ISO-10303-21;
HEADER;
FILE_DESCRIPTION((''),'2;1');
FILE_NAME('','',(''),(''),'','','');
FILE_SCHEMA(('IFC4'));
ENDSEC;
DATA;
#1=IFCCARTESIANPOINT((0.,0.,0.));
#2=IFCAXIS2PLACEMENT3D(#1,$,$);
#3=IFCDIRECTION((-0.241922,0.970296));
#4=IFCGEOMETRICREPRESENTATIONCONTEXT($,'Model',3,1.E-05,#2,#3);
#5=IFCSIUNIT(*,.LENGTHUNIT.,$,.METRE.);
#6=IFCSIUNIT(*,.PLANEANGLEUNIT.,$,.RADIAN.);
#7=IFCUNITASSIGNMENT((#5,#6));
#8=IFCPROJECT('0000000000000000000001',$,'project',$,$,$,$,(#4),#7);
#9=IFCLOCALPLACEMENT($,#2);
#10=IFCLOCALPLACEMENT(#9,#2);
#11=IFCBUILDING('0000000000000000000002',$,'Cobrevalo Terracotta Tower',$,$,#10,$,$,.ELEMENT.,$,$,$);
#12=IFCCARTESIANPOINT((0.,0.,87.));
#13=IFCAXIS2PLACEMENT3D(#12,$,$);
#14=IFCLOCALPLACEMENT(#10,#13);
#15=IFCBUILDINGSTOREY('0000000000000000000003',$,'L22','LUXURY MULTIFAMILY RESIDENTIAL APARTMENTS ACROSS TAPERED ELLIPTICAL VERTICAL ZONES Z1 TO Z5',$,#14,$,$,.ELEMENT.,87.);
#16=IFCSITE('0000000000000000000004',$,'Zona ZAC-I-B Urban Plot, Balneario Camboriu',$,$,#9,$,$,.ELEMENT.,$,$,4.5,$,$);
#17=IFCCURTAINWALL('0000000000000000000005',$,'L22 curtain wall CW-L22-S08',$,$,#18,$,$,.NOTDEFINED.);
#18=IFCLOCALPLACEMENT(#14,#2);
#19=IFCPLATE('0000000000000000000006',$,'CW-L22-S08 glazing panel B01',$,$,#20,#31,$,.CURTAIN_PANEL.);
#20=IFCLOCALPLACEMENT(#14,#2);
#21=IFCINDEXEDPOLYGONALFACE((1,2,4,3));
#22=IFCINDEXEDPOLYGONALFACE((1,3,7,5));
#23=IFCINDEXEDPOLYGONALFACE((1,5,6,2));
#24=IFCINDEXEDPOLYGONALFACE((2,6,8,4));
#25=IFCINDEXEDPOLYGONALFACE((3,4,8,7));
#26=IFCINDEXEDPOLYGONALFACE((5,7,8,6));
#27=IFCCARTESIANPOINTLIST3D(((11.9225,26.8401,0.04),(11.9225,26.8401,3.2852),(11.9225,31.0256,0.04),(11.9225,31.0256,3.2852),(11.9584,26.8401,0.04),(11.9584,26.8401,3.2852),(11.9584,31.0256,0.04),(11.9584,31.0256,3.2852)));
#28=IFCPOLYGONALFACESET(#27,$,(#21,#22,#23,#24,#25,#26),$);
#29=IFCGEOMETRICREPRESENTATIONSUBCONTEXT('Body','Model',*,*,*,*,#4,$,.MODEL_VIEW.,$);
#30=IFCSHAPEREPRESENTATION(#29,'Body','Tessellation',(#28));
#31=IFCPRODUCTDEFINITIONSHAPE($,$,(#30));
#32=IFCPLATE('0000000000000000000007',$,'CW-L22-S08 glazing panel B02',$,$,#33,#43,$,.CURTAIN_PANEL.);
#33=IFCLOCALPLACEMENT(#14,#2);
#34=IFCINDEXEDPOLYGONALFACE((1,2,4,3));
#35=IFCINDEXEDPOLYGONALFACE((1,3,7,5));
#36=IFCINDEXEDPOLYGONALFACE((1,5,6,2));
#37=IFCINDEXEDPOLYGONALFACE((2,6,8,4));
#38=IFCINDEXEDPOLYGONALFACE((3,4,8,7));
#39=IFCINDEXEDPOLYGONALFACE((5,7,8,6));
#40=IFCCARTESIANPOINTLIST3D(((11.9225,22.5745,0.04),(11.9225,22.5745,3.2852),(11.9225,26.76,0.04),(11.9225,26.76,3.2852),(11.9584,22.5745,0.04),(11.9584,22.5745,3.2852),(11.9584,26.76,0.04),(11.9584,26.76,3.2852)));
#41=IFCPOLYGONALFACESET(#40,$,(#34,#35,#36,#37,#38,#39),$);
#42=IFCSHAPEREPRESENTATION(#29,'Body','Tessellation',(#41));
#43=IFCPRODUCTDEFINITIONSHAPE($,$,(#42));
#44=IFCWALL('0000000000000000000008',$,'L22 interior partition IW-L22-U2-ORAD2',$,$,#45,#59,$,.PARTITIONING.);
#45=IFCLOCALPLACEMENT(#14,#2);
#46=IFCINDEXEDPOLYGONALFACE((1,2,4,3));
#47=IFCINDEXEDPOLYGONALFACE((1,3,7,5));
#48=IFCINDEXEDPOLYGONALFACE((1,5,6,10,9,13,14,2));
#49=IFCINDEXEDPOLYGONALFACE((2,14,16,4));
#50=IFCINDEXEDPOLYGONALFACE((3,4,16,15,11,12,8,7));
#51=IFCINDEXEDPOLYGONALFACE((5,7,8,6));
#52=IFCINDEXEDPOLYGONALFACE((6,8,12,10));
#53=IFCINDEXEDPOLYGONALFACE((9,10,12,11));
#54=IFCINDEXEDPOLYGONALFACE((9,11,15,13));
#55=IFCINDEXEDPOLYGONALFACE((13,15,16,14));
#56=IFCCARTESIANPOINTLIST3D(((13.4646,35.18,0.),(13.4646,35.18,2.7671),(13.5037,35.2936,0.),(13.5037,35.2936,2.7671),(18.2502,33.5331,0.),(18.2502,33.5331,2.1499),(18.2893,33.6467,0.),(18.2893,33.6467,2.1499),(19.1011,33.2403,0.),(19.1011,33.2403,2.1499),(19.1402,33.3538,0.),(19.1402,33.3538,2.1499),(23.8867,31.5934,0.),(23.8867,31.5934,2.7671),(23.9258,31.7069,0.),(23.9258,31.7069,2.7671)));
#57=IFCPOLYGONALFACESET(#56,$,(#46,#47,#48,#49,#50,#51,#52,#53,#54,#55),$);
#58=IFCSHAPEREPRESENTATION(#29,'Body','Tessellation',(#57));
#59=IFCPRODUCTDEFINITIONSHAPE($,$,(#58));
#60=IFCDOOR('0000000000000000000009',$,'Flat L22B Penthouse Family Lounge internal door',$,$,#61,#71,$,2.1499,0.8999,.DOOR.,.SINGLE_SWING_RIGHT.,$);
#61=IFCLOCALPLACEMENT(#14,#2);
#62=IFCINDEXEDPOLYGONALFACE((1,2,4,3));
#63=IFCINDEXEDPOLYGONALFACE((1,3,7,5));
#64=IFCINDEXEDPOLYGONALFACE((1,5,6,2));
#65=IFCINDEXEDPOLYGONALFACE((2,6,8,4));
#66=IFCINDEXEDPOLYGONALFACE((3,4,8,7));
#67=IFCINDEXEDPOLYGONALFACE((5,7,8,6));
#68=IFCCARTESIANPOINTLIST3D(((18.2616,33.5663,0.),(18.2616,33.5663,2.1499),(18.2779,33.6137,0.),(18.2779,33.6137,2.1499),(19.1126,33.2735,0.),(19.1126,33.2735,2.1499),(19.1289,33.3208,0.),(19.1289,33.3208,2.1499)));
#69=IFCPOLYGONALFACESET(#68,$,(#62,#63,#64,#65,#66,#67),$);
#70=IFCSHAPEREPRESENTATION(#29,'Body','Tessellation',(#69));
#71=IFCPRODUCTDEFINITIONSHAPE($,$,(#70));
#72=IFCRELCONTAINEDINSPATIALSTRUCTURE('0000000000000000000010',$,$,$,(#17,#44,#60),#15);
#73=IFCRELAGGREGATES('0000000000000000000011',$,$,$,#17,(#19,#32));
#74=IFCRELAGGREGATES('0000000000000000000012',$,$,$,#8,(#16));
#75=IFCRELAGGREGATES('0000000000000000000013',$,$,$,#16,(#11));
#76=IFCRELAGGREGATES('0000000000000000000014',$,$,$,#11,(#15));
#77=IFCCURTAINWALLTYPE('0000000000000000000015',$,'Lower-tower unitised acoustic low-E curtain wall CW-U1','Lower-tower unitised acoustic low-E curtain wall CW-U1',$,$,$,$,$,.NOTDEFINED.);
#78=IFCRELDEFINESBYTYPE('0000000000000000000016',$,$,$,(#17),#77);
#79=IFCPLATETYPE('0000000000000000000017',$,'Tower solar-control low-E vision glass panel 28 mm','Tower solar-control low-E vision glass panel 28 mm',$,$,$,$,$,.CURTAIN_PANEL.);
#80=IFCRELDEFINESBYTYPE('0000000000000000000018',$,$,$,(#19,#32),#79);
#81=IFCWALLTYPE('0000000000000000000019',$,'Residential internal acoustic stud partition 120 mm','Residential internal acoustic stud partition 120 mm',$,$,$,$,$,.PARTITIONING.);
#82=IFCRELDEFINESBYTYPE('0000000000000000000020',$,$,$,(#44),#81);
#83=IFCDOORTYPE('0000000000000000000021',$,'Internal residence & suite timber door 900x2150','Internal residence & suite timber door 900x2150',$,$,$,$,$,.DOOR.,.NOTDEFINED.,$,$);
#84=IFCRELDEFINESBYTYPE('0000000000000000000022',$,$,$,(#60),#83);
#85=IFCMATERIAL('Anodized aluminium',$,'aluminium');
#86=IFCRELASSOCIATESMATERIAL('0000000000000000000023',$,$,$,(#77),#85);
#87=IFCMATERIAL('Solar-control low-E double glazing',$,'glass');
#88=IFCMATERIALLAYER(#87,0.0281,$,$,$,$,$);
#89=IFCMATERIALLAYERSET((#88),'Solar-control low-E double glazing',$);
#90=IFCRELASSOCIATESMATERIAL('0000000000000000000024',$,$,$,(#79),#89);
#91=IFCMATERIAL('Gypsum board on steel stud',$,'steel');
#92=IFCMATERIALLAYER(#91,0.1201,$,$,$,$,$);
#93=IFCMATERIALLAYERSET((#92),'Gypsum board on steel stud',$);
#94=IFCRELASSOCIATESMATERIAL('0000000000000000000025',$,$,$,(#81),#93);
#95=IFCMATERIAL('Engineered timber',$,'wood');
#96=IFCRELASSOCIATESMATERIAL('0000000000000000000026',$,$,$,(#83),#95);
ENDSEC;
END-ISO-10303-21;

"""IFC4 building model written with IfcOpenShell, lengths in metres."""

from ifc_helpers import new_model, si_unit, direction, frame, frame_2d, origin, origin_2d, place, context, subcontext, project, spatial, rectangle, extrude, source, transform, mapped, material, layer, layer_set, type_object, element, fill, aggregate, save


model = new_model("IFC4")

# Units and contexts
model_context = context("Model", 3, precision=1e-05, world=origin(), true_north=direction((-0.241922, 0.970296)))
body_context = subcontext(model_context, "Body", "Model", "MODEL_VIEW")
ifc_project = project(units=[si_unit("LENGTHUNIT", "METRE"), si_unit("PLANEANGLEUNIT", "RADIAN")], contexts=[model_context])

# Site, building, storey
site_placement = place(None, origin())
site = spatial("IfcSite", under=ifc_project, at=site_placement, Name="Zona ZAC-I-B Urban Plot, Balneario Camboriu", CompositionType="ELEMENT", RefElevation=4.5)
building_placement = place(site_placement, origin())
building = spatial("IfcBuilding", under=site, at=building_placement, Name="Cobrevalo Terracotta Tower", CompositionType="ELEMENT")
storey_placement = place(building_placement, frame((0.0, 0.0, 87.0)))
storey = spatial("IfcBuildingStorey", under=building, at=storey_placement, Name="L22", Description="LUXURY MULTIFAMILY RESIDENTIAL APARTMENTS ACROSS TAPERED ELLIPTICAL VERTICAL ZONES Z1 TO Z5", CompositionType="ELEMENT", Elevation=87.0)

# Curtain wall
ifc_material_1 = material(Name="Anodized aluminium", Category="aluminium")
curtain_wall_type = type_object("IfcCurtainWallType", Name="Lower-tower unitised acoustic low-E curtain wall CW-U1", Description="Lower-tower unitised acoustic low-E curtain wall CW-U1", PredefinedType="NOTDEFINED", material=ifc_material_1)
curtain_wall_1_placement = place(storey_placement, origin())
curtain_wall_1 = element("IfcCurtainWall", 1, at=curtain_wall_1_placement, inside=storey, type_object=curtain_wall_type, Name="L22 curtain wall CW-L22-S08", PredefinedType="NOTDEFINED")

# Plates
ifc_material_2 = material(Name="Solar-control low-E double glazing", Category="glass")
ifc_layer_1 = layer(ifc_material_2, 0.0281)
ifc_layer_set_1 = layer_set([ifc_layer_1], Name="Solar-control low-E double glazing")
plate_type = type_object("IfcPlateType", Name="Tower solar-control low-E vision glass panel 28 mm", Description="Tower solar-control low-E vision glass panel 28 mm", PredefinedType="CURTAIN_PANEL", material=ifc_layer_set_1)
shared_shape_1 = source(origin(), body_context, "Body", "SweptSolid", [
    extrude(rectangle(XDim=4.1855, YDim=0.0359, at=origin_2d()), origin(), (0.0, 0.0, 1.0), 3.2451),
])
plate_1_placement = place(storey_placement, frame((11.9404, 28.9329, 0.04), z_axis=(0.0, 0.0, 1.0), x_axis=(0.0, -1.0, 0.0)))
plate_1 = element("IfcPlate", 2, at=plate_1_placement, type_object=plate_type, Name="CW-L22-S08 glazing panel B01", PredefinedType="CURTAIN_PANEL", context=body_context, shape_type="MappedRepresentation", body=[
    mapped(shared_shape_1, transform((0.0, 0.0, 0.0), scale=1.0)),
])
plate_2_placement = place(storey_placement, frame((11.9404, 24.6672, 0.04), z_axis=(0.0, 0.0, 1.0), x_axis=(0.0, -1.0, 0.0)))
plate_2 = element("IfcPlate", 3, at=plate_2_placement, type_object=plate_type, Name="CW-L22-S08 glazing panel B02", PredefinedType="CURTAIN_PANEL", context=body_context, shape_type="MappedRepresentation", body=[
    mapped(shared_shape_1, transform((0.0, 0.0, 0.0), scale=1.0)),
])
aggregate(curtain_wall_1, [plate_1, plate_2])

# Wall, opening, door
ifc_material_3 = material(Name="Gypsum board on steel stud", Category="steel")
ifc_layer_2 = layer(ifc_material_3, 0.1201)
ifc_layer_set_2 = layer_set([ifc_layer_2], Name="Gypsum board on steel stud")
wall_type = type_object("IfcWallType", Name="Residential internal acoustic stud partition 120 mm", Description="Residential internal acoustic stud partition 120 mm", PredefinedType="PARTITIONING", material=ifc_layer_set_2)
wall_placement = place(storey_placement, frame((23.9062, 31.6501, 0.0), z_axis=(0.0, 0.0, 1.0), x_axis=(-0.945573, 0.32541, 0.0)))
wall = element("IfcWall", 4, at=wall_placement, inside=storey, type_object=wall_type, Name="L22 interior partition IW-L22-U2-ORAD2", PredefinedType="PARTITIONING", context=body_context, shape_type="SweptSolid", body=[
    extrude(rectangle(XDim=11.022, YDim=0.1201, at=frame_2d((5.511, 0.0))), origin(), (0.0, 0.0, 1.0), 2.7671),
])
opening_placement = place(wall_placement, frame((5.061, 0.0, 0.0)))
opening = element("IfcOpeningElement", 5, at=opening_placement, cuts=wall, PredefinedType="OPENING", context=body_context, shape_type="SweptSolid", body=[
    extrude(rectangle(XDim=0.8999, YDim=2.1499, at=frame_2d((0.45, 1.075))), frame((0.0, 0.0701, 0.0), z_axis=(0.0, -1.0, 0.0), x_axis=(1.0, 0.0, 0.0)), (0.0, 0.0, 1.0), 0.1401),
])
ifc_material_4 = material(Name="Engineered timber", Category="wood")
door_type = type_object("IfcDoorType", Name="Internal residence & suite timber door 900x2150", Description="Internal residence & suite timber door 900x2150", OperationType="NOTDEFINED", PredefinedType="DOOR", material=ifc_material_4)
shared_shape_2 = source(origin(), body_context, "Body", "SweptSolid", [
    extrude(rectangle(XDim=0.8999, YDim=2.1499, at=frame_2d((0.45, 1.075))), frame((0.0, 0.0249, 0.0), z_axis=(0.0, -1.0, 0.0), x_axis=(1.0, 0.0, 0.0)), (0.0, 0.0, 1.0), 0.05),
])
door_placement = place(opening_placement, origin())
door = element("IfcDoor", 6, at=door_placement, inside=storey, type_object=door_type, Name="Flat L22B Penthouse Family Lounge internal door", OperationType="SINGLE_SWING_RIGHT", OverallHeight=2.1499, OverallWidth=0.8999, PredefinedType="DOOR", context=body_context, shape_type="MappedRepresentation", body=[
    mapped(shared_shape_2, transform((0.0, 0.0, 0.0), scale=1.0)),
])
fill(opening, door)

save(model, "model.ifc")
